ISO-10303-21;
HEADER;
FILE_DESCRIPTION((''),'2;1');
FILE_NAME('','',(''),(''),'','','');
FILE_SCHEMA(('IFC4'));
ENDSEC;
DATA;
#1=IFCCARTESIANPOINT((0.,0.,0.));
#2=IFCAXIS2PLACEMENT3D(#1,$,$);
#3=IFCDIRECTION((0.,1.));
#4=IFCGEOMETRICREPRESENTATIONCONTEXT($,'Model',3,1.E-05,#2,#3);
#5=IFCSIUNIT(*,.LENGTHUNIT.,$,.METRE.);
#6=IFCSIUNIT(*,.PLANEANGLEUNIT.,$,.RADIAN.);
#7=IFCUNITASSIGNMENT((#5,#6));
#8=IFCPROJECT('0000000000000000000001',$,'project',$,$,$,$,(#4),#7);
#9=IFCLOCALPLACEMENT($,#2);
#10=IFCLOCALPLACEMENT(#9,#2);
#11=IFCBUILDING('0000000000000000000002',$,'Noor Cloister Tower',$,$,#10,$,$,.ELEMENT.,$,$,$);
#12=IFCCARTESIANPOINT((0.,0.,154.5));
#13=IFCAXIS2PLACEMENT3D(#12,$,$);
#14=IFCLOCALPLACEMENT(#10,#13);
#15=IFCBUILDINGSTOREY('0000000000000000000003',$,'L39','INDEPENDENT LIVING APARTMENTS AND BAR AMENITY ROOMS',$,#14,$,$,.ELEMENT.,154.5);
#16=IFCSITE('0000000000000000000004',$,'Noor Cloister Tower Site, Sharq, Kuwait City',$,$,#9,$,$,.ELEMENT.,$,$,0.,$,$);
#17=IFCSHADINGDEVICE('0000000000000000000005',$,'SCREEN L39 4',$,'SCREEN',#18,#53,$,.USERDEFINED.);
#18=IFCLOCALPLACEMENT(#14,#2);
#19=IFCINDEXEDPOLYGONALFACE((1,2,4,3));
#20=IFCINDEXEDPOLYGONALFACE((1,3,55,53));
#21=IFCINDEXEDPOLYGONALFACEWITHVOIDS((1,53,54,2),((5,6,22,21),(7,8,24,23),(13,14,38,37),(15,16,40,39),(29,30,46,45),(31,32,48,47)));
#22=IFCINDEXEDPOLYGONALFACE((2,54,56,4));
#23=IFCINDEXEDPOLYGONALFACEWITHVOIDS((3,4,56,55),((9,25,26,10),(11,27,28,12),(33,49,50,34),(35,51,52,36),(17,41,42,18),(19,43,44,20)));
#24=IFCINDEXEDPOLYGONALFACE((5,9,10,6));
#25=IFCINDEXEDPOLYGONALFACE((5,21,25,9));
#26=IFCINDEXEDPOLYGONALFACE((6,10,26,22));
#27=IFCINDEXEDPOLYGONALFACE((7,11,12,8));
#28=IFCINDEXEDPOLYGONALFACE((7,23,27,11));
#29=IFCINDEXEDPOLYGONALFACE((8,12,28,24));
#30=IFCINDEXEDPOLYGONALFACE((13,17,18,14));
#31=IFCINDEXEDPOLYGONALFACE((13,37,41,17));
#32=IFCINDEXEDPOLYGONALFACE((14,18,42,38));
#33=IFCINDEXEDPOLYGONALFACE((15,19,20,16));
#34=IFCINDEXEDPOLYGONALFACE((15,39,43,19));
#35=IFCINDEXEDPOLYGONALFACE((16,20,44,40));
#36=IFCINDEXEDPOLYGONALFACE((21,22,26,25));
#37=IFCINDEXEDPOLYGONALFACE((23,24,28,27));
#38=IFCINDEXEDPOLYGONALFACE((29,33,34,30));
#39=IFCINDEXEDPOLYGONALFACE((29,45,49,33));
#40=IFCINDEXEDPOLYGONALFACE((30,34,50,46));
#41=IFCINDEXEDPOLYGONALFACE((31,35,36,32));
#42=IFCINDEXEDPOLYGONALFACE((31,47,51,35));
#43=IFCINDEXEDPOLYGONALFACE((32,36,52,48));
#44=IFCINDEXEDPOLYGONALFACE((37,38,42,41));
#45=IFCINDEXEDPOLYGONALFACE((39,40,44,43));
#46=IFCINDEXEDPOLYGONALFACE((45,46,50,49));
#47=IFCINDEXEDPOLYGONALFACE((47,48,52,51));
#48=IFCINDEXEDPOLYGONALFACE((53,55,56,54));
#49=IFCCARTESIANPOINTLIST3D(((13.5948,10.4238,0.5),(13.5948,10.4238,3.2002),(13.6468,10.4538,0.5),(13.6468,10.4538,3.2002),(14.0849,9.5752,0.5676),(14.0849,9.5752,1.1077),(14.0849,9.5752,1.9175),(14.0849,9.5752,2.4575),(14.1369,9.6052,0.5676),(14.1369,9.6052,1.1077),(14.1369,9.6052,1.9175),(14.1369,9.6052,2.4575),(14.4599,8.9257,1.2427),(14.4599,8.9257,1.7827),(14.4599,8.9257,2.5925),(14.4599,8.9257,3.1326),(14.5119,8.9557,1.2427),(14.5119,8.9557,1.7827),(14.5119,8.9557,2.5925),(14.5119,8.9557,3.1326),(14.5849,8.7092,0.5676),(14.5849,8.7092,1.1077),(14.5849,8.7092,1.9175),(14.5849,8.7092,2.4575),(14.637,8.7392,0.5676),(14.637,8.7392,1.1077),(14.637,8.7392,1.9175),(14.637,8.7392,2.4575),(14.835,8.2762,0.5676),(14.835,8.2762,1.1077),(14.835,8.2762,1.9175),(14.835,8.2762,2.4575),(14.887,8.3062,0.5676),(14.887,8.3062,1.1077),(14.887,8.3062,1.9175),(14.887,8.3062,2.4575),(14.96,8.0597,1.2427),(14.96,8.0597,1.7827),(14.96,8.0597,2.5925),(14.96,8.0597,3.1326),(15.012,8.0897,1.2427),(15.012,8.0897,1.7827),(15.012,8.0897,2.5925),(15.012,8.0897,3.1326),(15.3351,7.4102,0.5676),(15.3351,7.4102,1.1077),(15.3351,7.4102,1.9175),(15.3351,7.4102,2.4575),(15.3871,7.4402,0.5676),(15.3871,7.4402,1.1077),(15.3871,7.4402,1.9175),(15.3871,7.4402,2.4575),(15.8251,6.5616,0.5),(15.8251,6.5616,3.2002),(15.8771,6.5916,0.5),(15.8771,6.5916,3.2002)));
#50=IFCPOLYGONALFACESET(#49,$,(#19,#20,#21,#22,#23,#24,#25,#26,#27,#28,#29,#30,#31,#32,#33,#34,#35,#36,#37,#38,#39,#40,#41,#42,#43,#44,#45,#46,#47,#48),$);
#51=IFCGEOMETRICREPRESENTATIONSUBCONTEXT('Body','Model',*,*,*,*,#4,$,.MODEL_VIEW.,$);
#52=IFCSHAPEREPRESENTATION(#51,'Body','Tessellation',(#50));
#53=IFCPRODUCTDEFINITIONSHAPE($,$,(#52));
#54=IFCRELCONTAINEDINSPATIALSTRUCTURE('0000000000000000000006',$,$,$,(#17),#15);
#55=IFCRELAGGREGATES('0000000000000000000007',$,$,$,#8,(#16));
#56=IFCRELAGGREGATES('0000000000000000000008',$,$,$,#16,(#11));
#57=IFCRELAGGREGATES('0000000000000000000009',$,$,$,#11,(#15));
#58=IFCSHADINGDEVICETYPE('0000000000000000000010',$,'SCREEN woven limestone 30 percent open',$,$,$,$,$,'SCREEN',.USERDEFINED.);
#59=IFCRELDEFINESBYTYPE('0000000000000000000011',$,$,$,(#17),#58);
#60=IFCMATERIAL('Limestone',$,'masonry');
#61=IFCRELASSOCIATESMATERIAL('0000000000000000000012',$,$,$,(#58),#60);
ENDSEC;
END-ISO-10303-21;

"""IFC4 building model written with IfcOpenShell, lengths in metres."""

from ifc_helpers import new_model, si_unit, direction, frame, origin, place, context, subcontext, project, spatial, polyline, outline, extrude, material, material_profile, profile_set, type_object, element, save


model = new_model("IFC4")

# Units and contexts
model_context = context("Model", 3, precision=1e-05, world=origin(), true_north=direction((0.0, 1.0)))
body_context = subcontext(model_context, "Body", "Model", "MODEL_VIEW")
ifc_project = project(units=[si_unit("LENGTHUNIT", "METRE"), si_unit("PLANEANGLEUNIT", "RADIAN")], contexts=[model_context])

# Site, building, storey
site_placement = place(None, origin())
site = spatial("IfcSite", under=ifc_project, at=site_placement, Name="Noor Cloister Tower Site, Sharq, Kuwait City", CompositionType="ELEMENT", RefElevation=0.0)
building_placement = place(site_placement, origin())
building = spatial("IfcBuilding", under=site, at=building_placement, Name="Noor Cloister Tower", CompositionType="ELEMENT")
storey_placement = place(building_placement, frame((0.0, 0.0, 154.5)))
storey = spatial("IfcBuildingStorey", under=building, at=storey_placement, Name="L39", Description="INDEPENDENT LIVING APARTMENTS AND BAR AMENITY ROOMS", CompositionType="ELEMENT", Elevation=154.5)

# Shading device
ifc_material_1 = material(Name="Limestone", Category="masonry")
ifc_material_profile_1 = material_profile(ifc_material_1, outline(polyline([(-2.23, -1.3501), (2.23, -1.3501), (2.23, 1.3501), (-2.23, 1.3501), (-2.23, -1.3501)]), holes=[polyline([(-1.25, -1.2825), (-0.25, -1.2825), (-0.25, -0.7424), (-1.25, -0.7424), (-1.25, -1.2825)]), polyline([(0.25, -1.2825), (1.25, -1.2825), (1.25, -0.7424), (0.25, -0.7424), (0.25, -1.2825)]), polyline([(-0.5, -0.6074), (0.5, -0.6074), (0.5, -0.0674), (-0.5, -0.0674), (-0.5, -0.6074)]), polyline([(-1.25, 0.0674), (-0.25, 0.0674), (-0.25, 0.6074), (-1.25, 0.6074), (-1.25, 0.0674)]), polyline([(0.25, 0.0674), (1.25, 0.0674), (1.25, 0.6074), (0.25, 0.6074), (0.25, 0.0674)]), polyline([(-0.5, 0.7424), (0.5, 0.7424), (0.5, 1.2825), (-0.5, 1.2825), (-0.5, 0.7424)])]), Name="Woven screen 30 percent open")
ifc_profile_set_1 = profile_set([ifc_material_profile_1], Name="Limestone")
shading_device_type = type_object("IfcShadingDeviceType", Name="SCREEN woven limestone 30 percent open", ElementType="SCREEN", PredefinedType="USERDEFINED", material=ifc_profile_set_1)
shading_device_placement = place(storey_placement, frame((14.71, 8.4927, 1.8501), z_axis=(0.865982, 0.500074, 0.0), x_axis=(-0.500074, 0.865982, 0.0)))
element("IfcShadingDevice", 1, at=shading_device_placement, inside=storey, type_object=shading_device_type, Name="SCREEN L39 4", ObjectType="SCREEN", PredefinedType="USERDEFINED", context=body_context, shape_type="SweptSolid", body=[
    extrude(outline(polyline([(-2.23, -1.3501), (2.23, -1.3501), (2.23, 1.3501), (-2.23, 1.3501), (-2.23, -1.3501)]), holes=[polyline([(-1.25, -1.2825), (-0.25, -1.2825), (-0.25, -0.7424), (-1.25, -0.7424), (-1.25, -1.2825)]), polyline([(0.25, -1.2825), (1.25, -1.2825), (1.25, -0.7424), (0.25, -0.7424), (0.25, -1.2825)]), polyline([(-0.5, -0.6074), (0.5, -0.6074), (0.5, -0.0674), (-0.5, -0.0674), (-0.5, -0.6074)]), polyline([(-1.25, 0.0674), (-0.25, 0.0674), (-0.25, 0.6074), (-1.25, 0.6074), (-1.25, 0.0674)]), polyline([(0.25, 0.0674), (1.25, 0.0674), (1.25, 0.6074), (0.25, 0.6074), (0.25, 0.0674)]), polyline([(-0.5, 0.7424), (0.5, 0.7424), (0.5, 1.2825), (-0.5, 1.2825), (-0.5, 0.7424)])]), origin(), (0.0, 0.0, 1.0), 0.0601),
])

save(model, "model.ifc")
